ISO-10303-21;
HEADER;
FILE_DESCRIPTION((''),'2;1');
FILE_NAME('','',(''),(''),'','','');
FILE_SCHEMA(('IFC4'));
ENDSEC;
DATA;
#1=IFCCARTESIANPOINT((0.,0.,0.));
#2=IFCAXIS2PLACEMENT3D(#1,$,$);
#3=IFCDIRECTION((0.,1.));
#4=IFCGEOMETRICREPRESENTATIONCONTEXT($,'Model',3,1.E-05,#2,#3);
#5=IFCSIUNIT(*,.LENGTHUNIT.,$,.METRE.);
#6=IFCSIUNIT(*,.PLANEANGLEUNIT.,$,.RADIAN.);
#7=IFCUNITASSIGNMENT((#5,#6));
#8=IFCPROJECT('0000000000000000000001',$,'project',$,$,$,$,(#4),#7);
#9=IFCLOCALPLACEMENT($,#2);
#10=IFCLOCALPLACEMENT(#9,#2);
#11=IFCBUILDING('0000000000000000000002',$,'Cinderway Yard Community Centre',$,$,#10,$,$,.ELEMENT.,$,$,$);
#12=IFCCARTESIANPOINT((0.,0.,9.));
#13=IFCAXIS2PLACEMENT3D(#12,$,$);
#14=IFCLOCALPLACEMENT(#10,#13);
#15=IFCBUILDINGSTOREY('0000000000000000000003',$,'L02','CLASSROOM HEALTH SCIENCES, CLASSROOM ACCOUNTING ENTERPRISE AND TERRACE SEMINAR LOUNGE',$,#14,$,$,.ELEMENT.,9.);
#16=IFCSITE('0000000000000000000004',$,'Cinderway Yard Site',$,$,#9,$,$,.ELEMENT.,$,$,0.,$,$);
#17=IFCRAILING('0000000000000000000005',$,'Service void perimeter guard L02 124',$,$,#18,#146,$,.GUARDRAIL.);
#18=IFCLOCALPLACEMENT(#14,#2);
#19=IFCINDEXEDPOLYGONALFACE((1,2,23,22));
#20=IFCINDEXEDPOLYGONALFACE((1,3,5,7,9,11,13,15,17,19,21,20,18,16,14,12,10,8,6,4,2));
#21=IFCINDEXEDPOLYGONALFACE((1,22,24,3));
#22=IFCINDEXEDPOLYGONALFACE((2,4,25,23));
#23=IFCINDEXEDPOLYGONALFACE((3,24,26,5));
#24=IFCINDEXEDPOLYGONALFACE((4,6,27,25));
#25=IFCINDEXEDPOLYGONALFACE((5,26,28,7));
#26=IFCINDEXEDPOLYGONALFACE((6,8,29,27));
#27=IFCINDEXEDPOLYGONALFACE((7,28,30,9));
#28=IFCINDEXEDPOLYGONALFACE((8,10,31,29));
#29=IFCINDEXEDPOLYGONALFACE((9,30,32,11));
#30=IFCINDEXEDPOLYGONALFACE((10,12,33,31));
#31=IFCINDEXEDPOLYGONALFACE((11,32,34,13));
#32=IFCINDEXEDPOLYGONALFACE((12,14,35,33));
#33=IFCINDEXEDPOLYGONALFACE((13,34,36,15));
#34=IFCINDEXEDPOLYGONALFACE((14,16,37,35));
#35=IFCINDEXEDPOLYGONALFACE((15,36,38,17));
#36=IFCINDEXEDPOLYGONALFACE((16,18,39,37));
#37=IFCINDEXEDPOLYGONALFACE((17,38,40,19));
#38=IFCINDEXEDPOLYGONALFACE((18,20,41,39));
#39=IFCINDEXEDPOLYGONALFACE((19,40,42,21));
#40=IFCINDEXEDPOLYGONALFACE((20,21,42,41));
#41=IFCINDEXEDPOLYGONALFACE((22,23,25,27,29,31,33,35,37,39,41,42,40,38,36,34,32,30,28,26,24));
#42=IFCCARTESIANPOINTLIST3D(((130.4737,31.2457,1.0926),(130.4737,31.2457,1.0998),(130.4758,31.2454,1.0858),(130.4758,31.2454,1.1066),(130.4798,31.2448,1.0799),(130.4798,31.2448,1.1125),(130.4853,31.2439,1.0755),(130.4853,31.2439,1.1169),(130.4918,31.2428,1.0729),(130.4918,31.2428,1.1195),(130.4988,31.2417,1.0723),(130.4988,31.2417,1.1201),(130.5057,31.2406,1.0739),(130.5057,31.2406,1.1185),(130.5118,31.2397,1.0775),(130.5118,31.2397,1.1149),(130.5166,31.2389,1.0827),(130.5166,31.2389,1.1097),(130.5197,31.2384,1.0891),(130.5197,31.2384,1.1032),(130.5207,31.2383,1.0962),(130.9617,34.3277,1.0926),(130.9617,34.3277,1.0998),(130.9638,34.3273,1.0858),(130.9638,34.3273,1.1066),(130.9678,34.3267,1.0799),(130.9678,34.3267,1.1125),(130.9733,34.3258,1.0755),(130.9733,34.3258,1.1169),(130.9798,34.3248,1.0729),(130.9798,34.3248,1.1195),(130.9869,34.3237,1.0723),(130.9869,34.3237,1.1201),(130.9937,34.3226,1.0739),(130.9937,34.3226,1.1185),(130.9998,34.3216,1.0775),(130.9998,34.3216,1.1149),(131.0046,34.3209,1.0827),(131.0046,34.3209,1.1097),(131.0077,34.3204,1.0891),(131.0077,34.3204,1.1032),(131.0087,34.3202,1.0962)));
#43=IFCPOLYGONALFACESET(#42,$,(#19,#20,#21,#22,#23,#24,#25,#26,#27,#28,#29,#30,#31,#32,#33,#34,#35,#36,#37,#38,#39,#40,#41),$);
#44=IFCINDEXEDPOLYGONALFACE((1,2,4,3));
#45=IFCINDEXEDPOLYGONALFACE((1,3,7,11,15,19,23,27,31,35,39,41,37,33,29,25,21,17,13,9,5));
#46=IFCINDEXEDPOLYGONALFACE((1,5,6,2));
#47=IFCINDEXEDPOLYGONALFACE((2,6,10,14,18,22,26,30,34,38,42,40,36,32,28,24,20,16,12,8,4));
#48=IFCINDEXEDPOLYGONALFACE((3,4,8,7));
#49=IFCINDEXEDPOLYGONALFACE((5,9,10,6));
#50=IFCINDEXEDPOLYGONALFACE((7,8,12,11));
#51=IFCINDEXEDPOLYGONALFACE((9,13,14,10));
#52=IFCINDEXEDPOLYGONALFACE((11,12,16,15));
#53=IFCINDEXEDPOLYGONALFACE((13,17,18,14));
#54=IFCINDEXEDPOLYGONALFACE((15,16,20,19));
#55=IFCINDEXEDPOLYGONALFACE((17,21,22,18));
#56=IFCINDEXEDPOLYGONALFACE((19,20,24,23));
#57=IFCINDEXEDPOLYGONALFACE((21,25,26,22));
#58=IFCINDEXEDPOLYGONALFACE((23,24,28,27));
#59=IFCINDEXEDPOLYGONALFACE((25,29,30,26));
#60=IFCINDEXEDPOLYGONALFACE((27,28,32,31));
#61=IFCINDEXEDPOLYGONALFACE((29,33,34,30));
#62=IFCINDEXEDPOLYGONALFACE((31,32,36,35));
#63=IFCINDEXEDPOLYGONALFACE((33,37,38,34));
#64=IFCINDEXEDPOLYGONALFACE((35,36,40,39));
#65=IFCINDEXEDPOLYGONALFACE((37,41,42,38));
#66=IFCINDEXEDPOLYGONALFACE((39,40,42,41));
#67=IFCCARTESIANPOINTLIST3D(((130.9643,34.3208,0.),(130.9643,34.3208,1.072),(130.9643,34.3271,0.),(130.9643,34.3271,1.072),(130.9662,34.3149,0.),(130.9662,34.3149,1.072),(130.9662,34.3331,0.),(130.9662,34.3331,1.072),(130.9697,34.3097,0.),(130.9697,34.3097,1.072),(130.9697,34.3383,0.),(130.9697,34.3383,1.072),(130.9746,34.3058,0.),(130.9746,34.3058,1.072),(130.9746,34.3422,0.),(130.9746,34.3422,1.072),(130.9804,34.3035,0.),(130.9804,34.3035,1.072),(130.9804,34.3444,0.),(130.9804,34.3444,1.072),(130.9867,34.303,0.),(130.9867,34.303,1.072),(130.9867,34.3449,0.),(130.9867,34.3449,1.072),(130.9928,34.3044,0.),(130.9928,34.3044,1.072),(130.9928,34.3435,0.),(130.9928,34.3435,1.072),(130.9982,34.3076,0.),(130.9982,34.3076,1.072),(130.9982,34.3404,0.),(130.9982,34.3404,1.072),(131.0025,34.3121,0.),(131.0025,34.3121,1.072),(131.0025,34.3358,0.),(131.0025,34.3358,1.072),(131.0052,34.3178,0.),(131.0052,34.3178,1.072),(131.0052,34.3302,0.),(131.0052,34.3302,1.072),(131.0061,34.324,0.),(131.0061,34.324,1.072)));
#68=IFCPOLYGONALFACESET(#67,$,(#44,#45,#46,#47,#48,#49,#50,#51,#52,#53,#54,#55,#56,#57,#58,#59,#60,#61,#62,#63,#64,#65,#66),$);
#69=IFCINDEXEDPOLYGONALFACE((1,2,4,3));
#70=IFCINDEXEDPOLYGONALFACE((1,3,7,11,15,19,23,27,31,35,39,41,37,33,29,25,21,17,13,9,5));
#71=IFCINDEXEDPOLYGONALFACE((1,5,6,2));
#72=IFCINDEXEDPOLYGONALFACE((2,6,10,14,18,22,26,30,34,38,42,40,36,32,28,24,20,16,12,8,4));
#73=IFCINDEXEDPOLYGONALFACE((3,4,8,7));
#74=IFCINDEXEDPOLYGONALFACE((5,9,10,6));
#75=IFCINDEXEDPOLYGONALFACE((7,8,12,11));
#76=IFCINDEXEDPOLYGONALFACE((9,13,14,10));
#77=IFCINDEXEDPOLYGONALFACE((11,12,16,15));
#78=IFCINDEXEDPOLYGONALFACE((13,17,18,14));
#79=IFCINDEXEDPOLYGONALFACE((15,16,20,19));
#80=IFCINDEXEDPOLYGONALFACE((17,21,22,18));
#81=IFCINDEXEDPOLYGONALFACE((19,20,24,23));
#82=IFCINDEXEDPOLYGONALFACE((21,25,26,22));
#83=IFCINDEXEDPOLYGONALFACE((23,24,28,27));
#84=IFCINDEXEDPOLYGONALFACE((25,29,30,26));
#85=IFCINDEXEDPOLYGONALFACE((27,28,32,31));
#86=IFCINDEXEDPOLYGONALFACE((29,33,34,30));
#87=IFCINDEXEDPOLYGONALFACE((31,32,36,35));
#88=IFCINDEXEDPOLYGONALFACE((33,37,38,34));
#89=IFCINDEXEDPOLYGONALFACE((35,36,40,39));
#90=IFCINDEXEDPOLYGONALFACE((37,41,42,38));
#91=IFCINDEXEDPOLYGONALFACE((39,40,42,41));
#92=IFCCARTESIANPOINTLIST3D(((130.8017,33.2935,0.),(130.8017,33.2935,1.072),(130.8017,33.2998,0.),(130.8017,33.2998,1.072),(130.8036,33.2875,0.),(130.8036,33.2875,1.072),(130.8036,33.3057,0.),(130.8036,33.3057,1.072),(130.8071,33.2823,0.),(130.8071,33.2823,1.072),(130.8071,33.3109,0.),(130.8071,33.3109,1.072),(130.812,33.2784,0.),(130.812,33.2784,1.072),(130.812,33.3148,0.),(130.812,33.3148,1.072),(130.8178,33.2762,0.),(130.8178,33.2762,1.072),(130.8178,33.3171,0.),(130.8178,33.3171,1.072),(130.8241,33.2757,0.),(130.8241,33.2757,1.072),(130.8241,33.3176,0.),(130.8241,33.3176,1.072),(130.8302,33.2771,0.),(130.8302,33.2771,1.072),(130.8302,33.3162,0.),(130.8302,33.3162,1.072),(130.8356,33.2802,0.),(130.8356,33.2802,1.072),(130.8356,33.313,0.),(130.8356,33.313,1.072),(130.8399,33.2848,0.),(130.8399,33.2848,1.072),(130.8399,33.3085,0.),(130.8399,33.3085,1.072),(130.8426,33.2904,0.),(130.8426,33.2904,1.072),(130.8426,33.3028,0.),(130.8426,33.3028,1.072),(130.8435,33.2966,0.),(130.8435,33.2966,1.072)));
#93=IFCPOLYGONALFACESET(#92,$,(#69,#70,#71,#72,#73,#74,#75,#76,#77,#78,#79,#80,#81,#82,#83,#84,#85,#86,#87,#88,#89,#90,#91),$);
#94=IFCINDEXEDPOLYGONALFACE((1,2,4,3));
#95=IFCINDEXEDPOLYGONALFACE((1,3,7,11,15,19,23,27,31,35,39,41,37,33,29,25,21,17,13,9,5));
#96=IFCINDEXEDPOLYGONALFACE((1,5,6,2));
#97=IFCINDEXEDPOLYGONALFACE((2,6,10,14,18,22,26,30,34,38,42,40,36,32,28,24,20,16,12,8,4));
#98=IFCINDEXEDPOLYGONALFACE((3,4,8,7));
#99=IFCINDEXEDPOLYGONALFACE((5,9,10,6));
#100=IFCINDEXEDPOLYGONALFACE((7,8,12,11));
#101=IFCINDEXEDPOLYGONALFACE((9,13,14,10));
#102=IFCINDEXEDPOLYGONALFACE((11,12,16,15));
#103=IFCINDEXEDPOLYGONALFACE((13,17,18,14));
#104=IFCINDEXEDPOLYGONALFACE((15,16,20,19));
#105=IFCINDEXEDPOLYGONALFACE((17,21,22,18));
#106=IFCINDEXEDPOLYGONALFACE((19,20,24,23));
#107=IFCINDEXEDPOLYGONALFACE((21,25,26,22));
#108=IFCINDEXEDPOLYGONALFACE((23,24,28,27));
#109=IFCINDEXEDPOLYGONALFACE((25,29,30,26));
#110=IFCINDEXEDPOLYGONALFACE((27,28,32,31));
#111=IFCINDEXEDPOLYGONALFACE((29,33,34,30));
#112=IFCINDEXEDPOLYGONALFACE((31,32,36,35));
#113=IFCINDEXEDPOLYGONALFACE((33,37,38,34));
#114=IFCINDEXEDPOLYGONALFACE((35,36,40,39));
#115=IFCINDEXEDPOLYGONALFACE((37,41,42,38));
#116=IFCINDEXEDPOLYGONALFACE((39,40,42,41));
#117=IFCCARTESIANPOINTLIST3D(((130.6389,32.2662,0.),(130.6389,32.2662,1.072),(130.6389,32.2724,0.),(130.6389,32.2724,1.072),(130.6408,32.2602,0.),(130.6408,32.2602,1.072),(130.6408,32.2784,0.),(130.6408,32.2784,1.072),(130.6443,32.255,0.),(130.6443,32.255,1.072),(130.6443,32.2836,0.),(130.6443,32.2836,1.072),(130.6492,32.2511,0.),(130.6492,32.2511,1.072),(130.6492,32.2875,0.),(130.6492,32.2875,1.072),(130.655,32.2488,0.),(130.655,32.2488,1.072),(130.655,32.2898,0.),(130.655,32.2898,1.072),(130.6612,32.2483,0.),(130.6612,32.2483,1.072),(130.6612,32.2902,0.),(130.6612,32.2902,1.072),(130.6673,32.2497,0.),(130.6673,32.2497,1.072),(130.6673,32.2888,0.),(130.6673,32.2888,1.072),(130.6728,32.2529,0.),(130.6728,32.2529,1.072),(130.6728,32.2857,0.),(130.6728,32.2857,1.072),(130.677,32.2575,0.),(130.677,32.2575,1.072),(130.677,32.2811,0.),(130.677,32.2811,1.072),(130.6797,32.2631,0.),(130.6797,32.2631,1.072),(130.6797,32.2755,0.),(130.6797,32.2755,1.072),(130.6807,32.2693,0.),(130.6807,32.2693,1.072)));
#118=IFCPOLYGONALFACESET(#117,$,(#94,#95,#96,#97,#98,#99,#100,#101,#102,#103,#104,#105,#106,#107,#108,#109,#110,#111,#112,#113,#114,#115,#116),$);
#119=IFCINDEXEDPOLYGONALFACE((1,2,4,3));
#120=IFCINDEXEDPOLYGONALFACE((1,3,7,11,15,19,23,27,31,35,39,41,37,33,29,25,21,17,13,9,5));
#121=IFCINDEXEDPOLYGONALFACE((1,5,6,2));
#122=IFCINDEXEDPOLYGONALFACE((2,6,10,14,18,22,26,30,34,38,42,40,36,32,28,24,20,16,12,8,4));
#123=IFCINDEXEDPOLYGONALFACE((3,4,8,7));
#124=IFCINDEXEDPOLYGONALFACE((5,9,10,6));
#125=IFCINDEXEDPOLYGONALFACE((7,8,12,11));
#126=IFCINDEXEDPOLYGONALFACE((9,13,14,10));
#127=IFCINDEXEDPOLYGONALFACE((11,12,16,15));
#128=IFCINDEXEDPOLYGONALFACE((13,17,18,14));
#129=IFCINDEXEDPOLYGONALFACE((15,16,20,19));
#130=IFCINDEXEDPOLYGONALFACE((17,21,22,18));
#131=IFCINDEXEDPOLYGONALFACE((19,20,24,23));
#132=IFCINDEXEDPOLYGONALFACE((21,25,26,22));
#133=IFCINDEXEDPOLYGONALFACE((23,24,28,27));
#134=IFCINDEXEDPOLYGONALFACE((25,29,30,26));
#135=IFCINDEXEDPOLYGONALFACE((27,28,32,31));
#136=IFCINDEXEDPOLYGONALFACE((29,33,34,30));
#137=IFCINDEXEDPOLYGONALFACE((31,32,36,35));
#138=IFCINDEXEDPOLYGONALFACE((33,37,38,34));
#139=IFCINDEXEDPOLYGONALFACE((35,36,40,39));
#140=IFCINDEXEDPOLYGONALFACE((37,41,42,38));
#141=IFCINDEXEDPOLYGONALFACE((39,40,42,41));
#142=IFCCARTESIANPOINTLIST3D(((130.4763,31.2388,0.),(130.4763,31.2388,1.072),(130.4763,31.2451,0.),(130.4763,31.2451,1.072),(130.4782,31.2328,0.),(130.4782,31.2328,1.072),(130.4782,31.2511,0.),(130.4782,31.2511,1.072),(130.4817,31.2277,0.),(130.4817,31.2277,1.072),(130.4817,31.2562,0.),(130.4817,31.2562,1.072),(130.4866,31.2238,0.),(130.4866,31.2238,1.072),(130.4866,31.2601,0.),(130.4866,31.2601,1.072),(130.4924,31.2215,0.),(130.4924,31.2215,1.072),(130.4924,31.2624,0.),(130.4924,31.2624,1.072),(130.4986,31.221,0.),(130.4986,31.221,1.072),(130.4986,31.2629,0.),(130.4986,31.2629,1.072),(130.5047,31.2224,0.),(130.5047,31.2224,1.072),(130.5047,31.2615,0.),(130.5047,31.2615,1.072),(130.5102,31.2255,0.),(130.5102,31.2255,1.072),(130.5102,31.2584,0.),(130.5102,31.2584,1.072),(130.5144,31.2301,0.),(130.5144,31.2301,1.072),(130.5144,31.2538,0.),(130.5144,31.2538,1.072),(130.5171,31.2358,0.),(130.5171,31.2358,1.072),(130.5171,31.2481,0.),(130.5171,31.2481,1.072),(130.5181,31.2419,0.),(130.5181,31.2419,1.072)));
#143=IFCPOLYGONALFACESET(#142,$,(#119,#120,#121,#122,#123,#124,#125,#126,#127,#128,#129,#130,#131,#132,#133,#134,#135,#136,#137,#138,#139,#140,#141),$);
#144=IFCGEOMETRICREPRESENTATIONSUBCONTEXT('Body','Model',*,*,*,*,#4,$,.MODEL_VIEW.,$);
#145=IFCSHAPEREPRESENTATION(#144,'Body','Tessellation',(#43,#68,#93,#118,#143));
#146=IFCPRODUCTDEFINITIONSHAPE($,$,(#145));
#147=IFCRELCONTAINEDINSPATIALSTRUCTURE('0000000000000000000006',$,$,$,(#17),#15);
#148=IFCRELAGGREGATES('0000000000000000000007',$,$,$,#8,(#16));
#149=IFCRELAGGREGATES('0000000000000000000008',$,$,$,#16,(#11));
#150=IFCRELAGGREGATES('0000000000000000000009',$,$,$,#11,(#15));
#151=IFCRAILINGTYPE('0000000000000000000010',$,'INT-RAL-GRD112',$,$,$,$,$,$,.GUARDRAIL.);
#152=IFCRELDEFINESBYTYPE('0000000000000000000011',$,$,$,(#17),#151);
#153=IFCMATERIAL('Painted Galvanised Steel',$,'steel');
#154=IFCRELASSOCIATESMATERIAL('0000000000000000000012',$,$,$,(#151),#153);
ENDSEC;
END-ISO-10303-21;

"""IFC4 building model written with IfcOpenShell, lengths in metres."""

from ifc_helpers import new_model, si_unit, direction, frame, origin, origin_2d, place, context, subcontext, project, spatial, circle, extrude, material, type_object, element, save


model = new_model("IFC4")

# Units and contexts
model_context = context("Model", 3, precision=1e-05, world=origin(), true_north=direction((0.0, 1.0)))
body_context = subcontext(model_context, "Body", "Model", "MODEL_VIEW")
ifc_project = project(units=[si_unit("LENGTHUNIT", "METRE"), si_unit("PLANEANGLEUNIT", "RADIAN")], contexts=[model_context])

# Site, building, storey
site_placement = place(None, origin())
site = spatial("IfcSite", under=ifc_project, at=site_placement, Name="Cinderway Yard Site", CompositionType="ELEMENT", RefElevation=0.0)
building_placement = place(site_placement, origin())
building = spatial("IfcBuilding", under=site, at=building_placement, Name="Cinderway Yard Community Centre", CompositionType="ELEMENT")
storey_placement = place(building_placement, frame((0.0, 0.0, 9.0)))
storey = spatial("IfcBuildingStorey", under=building, at=storey_placement, Name="L02", Description="CLASSROOM HEALTH SCIENCES, CLASSROOM ACCOUNTING ENTERPRISE AND TERRACE SEMINAR LOUNGE", CompositionType="ELEMENT", Elevation=9.0)

# Shared definitions
ifc_material_1 = material(Name="Painted Galvanised Steel", Category="steel")

# Railing
railing_type = type_object("IfcRailingType", Name="INT-RAL-GRD112", PredefinedType="GUARDRAIL", material=ifc_material_1)
railing_1_placement = place(storey_placement, frame((130.9851, 34.324, 0.0)))
element("IfcRailing", 1, at=railing_1_placement, inside=storey, type_object=railing_type, Name="Service void perimeter guard L02 124", PredefinedType="GUARDRAIL", context=body_context, shape_type="SweptSolid", body=[
    extrude(circle(Radius=0.0239, at=origin_2d()), frame((0.0, 0.0, 1.0962), z_axis=(-0.1564, -0.987694, 0.0), x_axis=(0.987694, -0.1564, 0.0)), (0.0, 0.0, 1.0), 3.1204),
    extrude(circle(Radius=0.021, at=origin_2d()), origin(), (0.0, 0.0, 1.0), 1.072),
    extrude(circle(Radius=0.021, at=origin_2d()), frame((-0.1626, -1.0273, 0.0)), (0.0, 0.0, 1.0), 1.072),
    extrude(circle(Radius=0.021, at=origin_2d()), frame((-0.3254, -2.0547, 0.0)), (0.0, 0.0, 1.0), 1.072),
    extrude(circle(Radius=0.021, at=origin_2d()), frame((-0.488, -3.082, 0.0)), (0.0, 0.0, 1.0), 1.072),
])

save(model, "model.ifc")
